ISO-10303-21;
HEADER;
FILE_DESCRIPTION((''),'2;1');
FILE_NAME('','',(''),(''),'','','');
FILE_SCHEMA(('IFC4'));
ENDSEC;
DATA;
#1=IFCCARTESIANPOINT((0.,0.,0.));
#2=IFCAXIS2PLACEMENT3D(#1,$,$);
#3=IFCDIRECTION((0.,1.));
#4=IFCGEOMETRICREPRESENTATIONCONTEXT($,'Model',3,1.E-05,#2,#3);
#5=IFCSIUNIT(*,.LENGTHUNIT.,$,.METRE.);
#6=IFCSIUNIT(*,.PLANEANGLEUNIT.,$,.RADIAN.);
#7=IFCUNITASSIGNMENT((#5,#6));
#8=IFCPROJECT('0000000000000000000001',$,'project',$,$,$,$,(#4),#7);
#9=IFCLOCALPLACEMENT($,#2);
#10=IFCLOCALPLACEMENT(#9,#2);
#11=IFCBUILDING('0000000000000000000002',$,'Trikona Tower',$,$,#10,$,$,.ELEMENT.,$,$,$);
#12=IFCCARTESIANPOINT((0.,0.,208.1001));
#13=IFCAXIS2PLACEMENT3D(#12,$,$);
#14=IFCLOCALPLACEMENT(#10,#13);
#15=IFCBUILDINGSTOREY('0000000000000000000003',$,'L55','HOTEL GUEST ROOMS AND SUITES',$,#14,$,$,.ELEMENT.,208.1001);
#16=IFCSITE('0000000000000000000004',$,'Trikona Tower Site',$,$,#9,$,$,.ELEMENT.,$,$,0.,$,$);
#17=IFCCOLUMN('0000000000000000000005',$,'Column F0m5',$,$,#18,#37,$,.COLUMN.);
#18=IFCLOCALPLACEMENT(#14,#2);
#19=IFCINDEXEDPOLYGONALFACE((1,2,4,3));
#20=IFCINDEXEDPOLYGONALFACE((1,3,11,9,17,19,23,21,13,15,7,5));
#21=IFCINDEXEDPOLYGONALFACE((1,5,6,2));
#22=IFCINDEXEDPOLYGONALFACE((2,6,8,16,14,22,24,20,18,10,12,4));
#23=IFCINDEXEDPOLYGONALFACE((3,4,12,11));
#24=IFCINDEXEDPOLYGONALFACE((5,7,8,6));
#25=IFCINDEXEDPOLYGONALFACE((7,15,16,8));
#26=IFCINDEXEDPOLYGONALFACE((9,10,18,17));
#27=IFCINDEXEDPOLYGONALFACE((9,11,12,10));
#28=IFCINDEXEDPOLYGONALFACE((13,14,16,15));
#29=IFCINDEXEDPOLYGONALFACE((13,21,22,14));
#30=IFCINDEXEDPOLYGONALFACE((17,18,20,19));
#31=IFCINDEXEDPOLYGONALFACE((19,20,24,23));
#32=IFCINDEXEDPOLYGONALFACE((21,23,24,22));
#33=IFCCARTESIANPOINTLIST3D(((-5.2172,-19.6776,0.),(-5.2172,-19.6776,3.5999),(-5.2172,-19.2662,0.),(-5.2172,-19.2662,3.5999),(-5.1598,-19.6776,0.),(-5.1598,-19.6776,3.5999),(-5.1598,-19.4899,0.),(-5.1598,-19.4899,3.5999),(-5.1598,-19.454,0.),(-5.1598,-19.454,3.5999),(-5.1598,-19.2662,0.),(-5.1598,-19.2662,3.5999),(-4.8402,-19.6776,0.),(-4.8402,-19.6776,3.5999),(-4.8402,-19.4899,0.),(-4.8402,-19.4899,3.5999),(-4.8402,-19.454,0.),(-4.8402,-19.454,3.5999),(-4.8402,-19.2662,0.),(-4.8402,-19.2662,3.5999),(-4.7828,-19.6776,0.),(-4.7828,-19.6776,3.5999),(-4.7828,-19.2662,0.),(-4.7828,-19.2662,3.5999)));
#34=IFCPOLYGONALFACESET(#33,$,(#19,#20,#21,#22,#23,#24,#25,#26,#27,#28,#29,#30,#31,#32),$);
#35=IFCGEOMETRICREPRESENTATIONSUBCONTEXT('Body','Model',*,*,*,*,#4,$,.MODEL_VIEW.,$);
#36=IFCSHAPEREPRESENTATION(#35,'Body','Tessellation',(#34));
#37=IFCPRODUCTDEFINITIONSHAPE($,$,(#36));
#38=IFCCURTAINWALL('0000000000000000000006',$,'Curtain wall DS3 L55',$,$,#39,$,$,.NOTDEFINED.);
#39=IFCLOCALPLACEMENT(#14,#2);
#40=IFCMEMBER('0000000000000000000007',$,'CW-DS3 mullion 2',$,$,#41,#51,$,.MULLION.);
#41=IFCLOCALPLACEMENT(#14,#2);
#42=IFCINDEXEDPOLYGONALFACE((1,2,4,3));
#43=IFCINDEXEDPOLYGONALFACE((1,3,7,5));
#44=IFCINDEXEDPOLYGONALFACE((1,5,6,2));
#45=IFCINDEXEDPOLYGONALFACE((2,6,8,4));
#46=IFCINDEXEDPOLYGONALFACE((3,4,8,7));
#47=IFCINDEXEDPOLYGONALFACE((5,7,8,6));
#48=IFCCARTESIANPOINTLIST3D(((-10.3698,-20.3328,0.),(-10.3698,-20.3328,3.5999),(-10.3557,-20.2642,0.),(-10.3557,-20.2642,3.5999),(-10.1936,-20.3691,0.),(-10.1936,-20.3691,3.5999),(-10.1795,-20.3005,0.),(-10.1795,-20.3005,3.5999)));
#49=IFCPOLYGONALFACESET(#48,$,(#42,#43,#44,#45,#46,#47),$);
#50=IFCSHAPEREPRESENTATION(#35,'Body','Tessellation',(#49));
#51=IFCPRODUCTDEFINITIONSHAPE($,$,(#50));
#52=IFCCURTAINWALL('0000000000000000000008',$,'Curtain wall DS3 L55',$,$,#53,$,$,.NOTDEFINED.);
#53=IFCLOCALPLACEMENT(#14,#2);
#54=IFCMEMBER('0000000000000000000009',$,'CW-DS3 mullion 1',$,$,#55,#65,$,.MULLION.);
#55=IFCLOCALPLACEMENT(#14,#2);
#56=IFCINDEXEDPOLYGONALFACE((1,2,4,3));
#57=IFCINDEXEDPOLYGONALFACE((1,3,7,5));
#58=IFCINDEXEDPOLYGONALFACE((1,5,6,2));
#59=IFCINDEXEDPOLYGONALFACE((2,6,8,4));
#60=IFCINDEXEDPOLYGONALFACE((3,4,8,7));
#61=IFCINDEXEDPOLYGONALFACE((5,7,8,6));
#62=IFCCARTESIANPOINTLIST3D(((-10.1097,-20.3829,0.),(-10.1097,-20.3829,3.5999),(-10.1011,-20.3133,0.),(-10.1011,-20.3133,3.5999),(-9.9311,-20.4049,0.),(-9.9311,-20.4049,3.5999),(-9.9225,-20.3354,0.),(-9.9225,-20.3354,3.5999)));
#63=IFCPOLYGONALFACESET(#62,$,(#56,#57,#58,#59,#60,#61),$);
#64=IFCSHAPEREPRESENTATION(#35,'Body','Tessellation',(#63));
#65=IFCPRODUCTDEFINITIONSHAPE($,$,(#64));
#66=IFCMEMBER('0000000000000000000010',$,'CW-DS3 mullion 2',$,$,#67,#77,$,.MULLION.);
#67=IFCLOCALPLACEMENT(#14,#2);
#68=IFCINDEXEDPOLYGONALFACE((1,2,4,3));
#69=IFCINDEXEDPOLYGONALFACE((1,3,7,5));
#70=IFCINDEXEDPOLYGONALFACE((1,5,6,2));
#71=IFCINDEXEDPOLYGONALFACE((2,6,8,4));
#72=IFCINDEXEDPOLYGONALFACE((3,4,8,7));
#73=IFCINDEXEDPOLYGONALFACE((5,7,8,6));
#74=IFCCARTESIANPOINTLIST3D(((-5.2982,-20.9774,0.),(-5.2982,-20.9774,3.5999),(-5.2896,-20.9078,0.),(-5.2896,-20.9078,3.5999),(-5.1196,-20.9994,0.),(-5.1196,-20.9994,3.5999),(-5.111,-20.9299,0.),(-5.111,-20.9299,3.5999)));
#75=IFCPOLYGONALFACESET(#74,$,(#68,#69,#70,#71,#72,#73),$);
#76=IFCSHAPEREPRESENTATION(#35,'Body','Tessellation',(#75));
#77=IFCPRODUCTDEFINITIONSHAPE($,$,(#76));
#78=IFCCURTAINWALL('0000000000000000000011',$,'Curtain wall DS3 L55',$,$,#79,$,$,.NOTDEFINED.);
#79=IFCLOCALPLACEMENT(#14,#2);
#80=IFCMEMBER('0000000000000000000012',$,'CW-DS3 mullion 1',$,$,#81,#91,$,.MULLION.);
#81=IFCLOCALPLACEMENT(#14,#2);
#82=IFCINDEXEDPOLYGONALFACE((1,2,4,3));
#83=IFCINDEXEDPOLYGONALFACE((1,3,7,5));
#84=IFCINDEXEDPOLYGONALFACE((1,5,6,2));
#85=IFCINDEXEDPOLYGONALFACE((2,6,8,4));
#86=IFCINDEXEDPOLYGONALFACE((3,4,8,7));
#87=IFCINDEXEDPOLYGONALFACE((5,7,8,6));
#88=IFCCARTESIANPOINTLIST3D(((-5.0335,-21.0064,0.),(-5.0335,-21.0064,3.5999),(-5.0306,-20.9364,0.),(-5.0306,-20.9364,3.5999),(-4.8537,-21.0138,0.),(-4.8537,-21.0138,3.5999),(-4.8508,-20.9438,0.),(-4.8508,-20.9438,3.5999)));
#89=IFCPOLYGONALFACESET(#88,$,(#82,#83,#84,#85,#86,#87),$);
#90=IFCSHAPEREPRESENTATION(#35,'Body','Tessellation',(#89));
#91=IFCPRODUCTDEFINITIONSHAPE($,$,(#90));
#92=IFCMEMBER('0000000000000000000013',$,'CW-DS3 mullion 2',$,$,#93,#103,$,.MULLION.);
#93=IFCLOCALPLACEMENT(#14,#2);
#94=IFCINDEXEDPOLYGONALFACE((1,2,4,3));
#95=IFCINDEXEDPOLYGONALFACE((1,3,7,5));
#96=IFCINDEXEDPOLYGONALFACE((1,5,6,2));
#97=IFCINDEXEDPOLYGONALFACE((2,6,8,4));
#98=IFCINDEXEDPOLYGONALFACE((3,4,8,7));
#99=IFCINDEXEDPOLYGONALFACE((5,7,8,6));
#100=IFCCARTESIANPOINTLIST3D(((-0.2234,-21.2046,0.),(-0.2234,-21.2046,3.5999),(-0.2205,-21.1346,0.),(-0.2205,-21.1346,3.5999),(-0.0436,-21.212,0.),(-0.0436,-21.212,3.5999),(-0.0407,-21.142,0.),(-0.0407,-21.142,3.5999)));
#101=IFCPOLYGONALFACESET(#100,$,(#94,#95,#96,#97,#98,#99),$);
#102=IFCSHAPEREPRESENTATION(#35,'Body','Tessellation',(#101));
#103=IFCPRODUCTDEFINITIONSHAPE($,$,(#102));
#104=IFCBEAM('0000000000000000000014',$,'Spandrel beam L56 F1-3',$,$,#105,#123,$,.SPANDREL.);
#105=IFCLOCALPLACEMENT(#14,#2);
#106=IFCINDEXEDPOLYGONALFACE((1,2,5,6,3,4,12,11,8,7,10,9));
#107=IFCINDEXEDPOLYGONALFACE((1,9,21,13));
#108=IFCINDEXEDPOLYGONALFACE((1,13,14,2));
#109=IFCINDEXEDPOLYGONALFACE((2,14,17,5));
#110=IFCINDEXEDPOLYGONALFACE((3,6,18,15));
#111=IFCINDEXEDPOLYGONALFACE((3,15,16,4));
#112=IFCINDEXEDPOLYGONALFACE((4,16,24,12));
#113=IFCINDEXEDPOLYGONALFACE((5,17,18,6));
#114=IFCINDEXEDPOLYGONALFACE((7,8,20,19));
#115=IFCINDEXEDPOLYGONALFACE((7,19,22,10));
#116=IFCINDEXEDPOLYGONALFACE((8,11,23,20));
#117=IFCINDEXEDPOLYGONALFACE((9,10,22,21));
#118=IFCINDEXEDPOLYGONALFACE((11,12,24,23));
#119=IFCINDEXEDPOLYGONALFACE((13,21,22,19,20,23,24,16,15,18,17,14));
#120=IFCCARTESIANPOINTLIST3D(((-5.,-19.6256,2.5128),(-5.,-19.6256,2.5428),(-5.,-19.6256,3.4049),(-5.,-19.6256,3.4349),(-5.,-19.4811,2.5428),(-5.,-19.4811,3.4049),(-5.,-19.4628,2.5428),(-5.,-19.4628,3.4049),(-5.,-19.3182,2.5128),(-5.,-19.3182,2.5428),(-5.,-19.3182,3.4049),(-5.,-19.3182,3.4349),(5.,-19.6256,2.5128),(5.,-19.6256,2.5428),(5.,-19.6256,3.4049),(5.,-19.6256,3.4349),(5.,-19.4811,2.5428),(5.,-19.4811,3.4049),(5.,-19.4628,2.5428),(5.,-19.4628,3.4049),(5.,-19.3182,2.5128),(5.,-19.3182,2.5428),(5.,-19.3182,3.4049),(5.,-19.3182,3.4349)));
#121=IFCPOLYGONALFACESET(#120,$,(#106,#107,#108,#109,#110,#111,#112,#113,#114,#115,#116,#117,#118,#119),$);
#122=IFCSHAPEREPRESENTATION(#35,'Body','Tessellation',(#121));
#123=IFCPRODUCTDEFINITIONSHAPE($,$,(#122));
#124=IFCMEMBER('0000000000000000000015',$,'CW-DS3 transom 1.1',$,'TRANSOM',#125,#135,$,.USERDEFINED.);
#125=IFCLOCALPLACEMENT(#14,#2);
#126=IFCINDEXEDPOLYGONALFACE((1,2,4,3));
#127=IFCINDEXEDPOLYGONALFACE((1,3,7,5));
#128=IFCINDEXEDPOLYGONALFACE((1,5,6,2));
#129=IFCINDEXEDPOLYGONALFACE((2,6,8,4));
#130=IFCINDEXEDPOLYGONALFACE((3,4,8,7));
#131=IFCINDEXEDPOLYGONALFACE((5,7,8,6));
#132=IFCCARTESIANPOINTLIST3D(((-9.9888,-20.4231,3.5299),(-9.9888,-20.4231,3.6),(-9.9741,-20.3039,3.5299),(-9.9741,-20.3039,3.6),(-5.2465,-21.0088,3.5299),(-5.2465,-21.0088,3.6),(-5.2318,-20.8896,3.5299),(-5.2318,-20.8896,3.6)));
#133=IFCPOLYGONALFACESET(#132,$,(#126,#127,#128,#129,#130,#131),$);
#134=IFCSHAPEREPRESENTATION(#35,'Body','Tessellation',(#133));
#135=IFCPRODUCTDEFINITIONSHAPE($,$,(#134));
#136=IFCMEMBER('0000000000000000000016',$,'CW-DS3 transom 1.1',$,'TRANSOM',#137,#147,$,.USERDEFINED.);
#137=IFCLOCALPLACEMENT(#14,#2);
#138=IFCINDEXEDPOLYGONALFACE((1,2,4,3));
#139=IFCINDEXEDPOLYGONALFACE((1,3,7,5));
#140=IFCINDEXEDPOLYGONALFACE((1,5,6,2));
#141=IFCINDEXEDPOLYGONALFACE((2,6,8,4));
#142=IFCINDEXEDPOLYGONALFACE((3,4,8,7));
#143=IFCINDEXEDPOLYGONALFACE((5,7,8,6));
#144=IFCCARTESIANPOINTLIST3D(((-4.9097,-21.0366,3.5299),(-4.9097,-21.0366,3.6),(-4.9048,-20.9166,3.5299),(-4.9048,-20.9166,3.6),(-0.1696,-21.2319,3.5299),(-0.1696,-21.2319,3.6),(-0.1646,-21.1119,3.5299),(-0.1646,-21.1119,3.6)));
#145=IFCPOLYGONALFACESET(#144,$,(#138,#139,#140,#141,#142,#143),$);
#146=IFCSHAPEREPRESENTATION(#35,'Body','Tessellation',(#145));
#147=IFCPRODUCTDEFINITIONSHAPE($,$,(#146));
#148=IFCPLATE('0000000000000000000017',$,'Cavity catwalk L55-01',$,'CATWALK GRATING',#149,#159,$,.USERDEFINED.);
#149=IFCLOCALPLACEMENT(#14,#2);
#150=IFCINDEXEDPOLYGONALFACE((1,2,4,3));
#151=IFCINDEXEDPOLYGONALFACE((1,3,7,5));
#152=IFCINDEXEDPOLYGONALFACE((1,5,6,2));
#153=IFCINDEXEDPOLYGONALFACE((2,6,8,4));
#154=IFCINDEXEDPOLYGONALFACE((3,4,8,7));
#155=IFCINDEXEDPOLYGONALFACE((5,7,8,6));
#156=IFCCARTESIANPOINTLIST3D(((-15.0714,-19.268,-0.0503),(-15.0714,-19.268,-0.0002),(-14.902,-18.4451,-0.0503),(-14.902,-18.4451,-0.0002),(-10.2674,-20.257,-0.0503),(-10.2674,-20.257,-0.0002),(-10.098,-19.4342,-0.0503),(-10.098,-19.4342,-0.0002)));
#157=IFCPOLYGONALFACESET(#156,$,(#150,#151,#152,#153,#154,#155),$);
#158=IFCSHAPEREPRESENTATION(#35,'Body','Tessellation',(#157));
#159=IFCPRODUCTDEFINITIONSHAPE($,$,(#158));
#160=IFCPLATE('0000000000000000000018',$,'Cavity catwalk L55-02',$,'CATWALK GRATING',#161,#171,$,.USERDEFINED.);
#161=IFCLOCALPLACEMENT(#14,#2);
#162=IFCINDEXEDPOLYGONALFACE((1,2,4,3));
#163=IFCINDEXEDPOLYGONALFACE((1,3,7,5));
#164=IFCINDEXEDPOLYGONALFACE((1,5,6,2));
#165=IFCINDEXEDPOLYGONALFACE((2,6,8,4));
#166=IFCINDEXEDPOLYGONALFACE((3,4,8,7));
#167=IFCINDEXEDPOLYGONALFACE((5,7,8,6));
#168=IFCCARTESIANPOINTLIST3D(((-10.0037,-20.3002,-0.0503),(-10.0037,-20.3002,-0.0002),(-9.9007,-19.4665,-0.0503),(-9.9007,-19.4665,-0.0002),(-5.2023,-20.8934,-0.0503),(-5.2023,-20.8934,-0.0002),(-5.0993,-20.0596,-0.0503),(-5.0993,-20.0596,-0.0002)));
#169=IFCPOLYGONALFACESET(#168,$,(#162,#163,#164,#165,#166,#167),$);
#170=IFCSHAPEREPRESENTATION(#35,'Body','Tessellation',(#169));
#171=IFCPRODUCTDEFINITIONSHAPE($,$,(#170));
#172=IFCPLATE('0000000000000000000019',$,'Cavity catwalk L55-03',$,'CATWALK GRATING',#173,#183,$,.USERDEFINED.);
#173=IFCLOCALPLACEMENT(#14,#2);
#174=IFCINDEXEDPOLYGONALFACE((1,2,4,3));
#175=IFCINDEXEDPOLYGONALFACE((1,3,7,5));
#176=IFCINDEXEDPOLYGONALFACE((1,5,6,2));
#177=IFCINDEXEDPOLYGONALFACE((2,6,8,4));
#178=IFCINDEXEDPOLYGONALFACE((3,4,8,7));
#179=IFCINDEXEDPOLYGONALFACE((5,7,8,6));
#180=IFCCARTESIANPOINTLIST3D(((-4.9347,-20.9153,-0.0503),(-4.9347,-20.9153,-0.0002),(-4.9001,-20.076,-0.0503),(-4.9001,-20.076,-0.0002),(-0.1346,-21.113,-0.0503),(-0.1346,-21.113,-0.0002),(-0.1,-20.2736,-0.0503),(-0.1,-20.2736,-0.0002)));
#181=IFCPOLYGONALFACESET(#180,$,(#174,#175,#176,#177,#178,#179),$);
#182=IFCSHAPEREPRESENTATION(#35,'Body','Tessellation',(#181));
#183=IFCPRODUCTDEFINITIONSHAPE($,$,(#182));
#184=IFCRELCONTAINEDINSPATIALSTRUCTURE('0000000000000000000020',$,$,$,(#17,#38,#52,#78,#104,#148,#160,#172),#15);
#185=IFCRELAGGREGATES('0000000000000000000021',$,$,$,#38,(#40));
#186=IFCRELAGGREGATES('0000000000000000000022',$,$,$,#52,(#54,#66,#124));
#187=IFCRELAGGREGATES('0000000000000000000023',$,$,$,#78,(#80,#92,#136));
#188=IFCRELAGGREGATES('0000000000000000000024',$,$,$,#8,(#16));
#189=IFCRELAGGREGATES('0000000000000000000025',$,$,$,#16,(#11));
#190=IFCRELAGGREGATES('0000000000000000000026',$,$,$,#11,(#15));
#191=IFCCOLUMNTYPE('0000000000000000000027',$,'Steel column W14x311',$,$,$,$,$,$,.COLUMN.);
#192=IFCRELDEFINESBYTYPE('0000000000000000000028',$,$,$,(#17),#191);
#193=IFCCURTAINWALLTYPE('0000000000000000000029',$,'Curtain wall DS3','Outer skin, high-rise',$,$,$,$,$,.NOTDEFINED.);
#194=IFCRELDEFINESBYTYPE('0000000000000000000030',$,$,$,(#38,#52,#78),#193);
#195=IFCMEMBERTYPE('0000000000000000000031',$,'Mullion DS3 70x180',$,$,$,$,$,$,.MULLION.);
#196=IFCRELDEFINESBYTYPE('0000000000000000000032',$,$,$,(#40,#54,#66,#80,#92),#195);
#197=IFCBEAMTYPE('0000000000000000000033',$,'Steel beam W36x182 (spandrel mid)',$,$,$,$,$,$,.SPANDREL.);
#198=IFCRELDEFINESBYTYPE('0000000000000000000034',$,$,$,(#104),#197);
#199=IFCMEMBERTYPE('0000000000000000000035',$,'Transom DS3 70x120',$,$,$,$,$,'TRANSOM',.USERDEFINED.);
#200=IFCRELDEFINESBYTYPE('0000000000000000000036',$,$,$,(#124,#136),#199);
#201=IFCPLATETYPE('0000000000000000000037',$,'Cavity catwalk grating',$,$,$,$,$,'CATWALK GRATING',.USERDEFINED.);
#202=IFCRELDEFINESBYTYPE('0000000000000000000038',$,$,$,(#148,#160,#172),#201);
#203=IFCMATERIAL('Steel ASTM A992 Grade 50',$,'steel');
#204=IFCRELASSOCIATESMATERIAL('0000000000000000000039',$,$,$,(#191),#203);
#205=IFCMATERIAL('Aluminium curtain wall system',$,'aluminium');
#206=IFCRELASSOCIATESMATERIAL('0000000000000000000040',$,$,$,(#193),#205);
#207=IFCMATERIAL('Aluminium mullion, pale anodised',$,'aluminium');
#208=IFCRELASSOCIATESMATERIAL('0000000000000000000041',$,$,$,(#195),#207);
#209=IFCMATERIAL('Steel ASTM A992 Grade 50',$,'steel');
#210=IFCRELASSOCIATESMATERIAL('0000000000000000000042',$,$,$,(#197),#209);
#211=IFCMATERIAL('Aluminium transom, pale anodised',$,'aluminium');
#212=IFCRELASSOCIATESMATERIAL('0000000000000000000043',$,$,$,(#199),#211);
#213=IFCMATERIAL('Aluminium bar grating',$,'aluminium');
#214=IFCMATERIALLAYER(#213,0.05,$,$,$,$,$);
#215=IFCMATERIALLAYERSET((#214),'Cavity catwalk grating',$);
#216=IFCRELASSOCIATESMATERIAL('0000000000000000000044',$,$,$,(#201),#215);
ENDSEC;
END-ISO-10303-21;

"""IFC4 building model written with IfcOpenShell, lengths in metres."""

from ifc_helpers import new_model, si_unit, direction, frame, origin, origin_2d, place, context, subcontext, project, spatial, rectangle, i_section, extrude, material, layer, layer_set, material_profile, profile_set, type_object, element, aggregate, save


model = new_model("IFC4")

# Units and contexts
model_context = context("Model", 3, precision=1e-05, world=origin(), true_north=direction((0.0, 1.0)))
body_context = subcontext(model_context, "Body", "Model", "MODEL_VIEW")
ifc_project = project(units=[si_unit("LENGTHUNIT", "METRE"), si_unit("PLANEANGLEUNIT", "RADIAN")], contexts=[model_context])

# Site, building, storey
site_placement = place(None, origin())
site = spatial("IfcSite", under=ifc_project, at=site_placement, Name="Trikona Tower Site", CompositionType="ELEMENT", RefElevation=0.0)
building_placement = place(site_placement, origin())
building = spatial("IfcBuilding", under=site, at=building_placement, Name="Trikona Tower", CompositionType="ELEMENT")
storey_placement = place(building_placement, frame((0.0, 0.0, 208.1001)))
storey = spatial("IfcBuildingStorey", under=building, at=storey_placement, Name="L55", Description="HOTEL GUEST ROOMS AND SUITES", CompositionType="ELEMENT", Elevation=208.1001)

# Column
ifc_material_1 = material(Name="Steel ASTM A992 Grade 50", Category="steel")
ifc_material_profile_1 = material_profile(ifc_material_1, i_section(OverallWidth=0.4114, OverallDepth=0.4343, WebThickness=0.0359, FlangeThickness=0.0574, at=origin_2d()), Name="W14X311")
ifc_profile_set_1 = profile_set([ifc_material_profile_1], Name="Steel ASTM A992 Grade 50")
column_type = type_object("IfcColumnType", Name="Steel column W14x311", PredefinedType="COLUMN", material=ifc_profile_set_1)
column_placement = place(storey_placement, frame((-5.0, -19.4719, 0.0), z_axis=(0.0, 0.0, 1.0), x_axis=(0.0, -1.0, 0.0)))
element("IfcColumn", 1, at=column_placement, inside=storey, type_object=column_type, Name="Column F0m5", PredefinedType="COLUMN", context=body_context, shape_type="SweptSolid", body=[
    extrude(i_section(OverallWidth=0.4114, OverallDepth=0.4343, WebThickness=0.0359, FlangeThickness=0.0574, at=origin_2d()), origin(), (0.0, 0.0, 1.0), 3.5999),
])

# Curtain wall, member
ifc_material_2 = material(Name="Aluminium curtain wall system", Category="aluminium")
curtain_wall_type = type_object("IfcCurtainWallType", Name="Curtain wall DS3", Description="Outer skin, high-rise", PredefinedType="NOTDEFINED", material=ifc_material_2)
curtain_wall_1_placement = place(storey_placement, origin())
curtain_wall_1 = element("IfcCurtainWall", 2, at=curtain_wall_1_placement, inside=storey, type_object=curtain_wall_type, Name="Curtain wall DS3 L55", PredefinedType="NOTDEFINED")
ifc_material_3 = material(Name="Aluminium mullion, pale anodised", Category="aluminium")
ifc_material_profile_2 = material_profile(ifc_material_3, rectangle(XDim=0.0701, YDim=0.1799, at=origin_2d()), Name="MUL-DS3")
ifc_profile_set_2 = profile_set([ifc_material_profile_2], Name="Aluminium mullion, pale anodised")
member_type_1 = type_object("IfcMemberType", Name="Mullion DS3 70x180", PredefinedType="MULLION", material=ifc_profile_set_2)
member_1_placement = place(storey_placement, frame((-10.2747, -20.3167, 0.0), z_axis=(0.0, 0.0, 1.0), x_axis=(0.201653, 0.979457, 0.0)))
member_1 = element("IfcMember", 3, at=member_1_placement, type_object=member_type_1, Name="CW-DS3 mullion 2", PredefinedType="MULLION", context=body_context, shape_type="SweptSolid", body=[
    extrude(rectangle(XDim=0.0701, YDim=0.1799, at=origin_2d()), origin(), (0.0, 0.0, 1.0), 3.5999),
])

# Curtain walls, members
curtain_wall_2_placement = place(storey_placement, origin())
curtain_wall_2 = element("IfcCurtainWall", 4, at=curtain_wall_2_placement, inside=storey, type_object=curtain_wall_type, Name="Curtain wall DS3 L55", PredefinedType="NOTDEFINED")
member_2_placement = place(storey_placement, frame((-10.0161, -20.3591, 0.0), z_axis=(0.0, 0.0, 1.0), x_axis=(0.122611, 0.992455, 0.0)))
member_2 = element("IfcMember", 5, at=member_2_placement, type_object=member_type_1, Name="CW-DS3 mullion 1", PredefinedType="MULLION", context=body_context, shape_type="SweptSolid", body=[
    extrude(rectangle(XDim=0.0701, YDim=0.1799, at=origin_2d()), origin(), (0.0, 0.0, 1.0), 3.5999),
])
member_3_placement = place(storey_placement, frame((-5.2046, -20.9536, 0.0), z_axis=(0.0, 0.0, 1.0), x_axis=(0.122611, 0.992455, 0.0)))
member_3 = element("IfcMember", 6, at=member_3_placement, type_object=member_type_1, Name="CW-DS3 mullion 2", PredefinedType="MULLION", context=body_context, shape_type="SweptSolid", body=[
    extrude(rectangle(XDim=0.0701, YDim=0.1799, at=origin_2d()), origin(), (0.0, 0.0, 1.0), 3.5999),
])
curtain_wall_3_placement = place(storey_placement, origin())
curtain_wall_3 = element("IfcCurtainWall", 7, at=curtain_wall_3_placement, inside=storey, type_object=curtain_wall_type, Name="Curtain wall DS3 L55", PredefinedType="NOTDEFINED")
member_4_placement = place(storey_placement, frame((-4.9421, -20.9751, 0.0), z_axis=(0.0, 0.0, 1.0), x_axis=(0.041153, 0.999153, 0.0)))
member_4 = element("IfcMember", 8, at=member_4_placement, type_object=member_type_1, Name="CW-DS3 mullion 1", PredefinedType="MULLION", context=body_context, shape_type="SweptSolid", body=[
    extrude(rectangle(XDim=0.0701, YDim=0.1799, at=origin_2d()), origin(), (0.0, 0.0, 1.0), 3.5999),
])
member_5_placement = place(storey_placement, frame((-0.1321, -21.1733, 0.0), z_axis=(0.0, 0.0, 1.0), x_axis=(0.041153, 0.999153, 0.0)))
member_5 = element("IfcMember", 9, at=member_5_placement, type_object=member_type_1, Name="CW-DS3 mullion 2", PredefinedType="MULLION", context=body_context, shape_type="SweptSolid", body=[
    extrude(rectangle(XDim=0.0701, YDim=0.1799, at=origin_2d()), origin(), (0.0, 0.0, 1.0), 3.5999),
])

# Beam
ifc_material_4 = material(Name="Steel ASTM A992 Grade 50", Category="steel")
ifc_material_profile_3 = material_profile(ifc_material_4, i_section(OverallWidth=0.3074, OverallDepth=0.9221, WebThickness=0.0183, FlangeThickness=0.03, at=origin_2d()), Name="W36X182")
ifc_profile_set_3 = profile_set([ifc_material_profile_3], Name="Steel ASTM A992 Grade 50")
beam_type = type_object("IfcBeamType", Name="Steel beam W36x182 (spandrel mid)", PredefinedType="SPANDREL", material=ifc_profile_set_3)
beam_placement = place(storey_placement, frame((-5.0, -19.4719, 2.9739), z_axis=(1.0, 0.0, 0.0), x_axis=(0.0, 1.0, 0.0)))
element("IfcBeam", 10, at=beam_placement, inside=storey, type_object=beam_type, Name="Spandrel beam L56 F1-3", PredefinedType="SPANDREL", context=body_context, shape_type="SweptSolid", body=[
    extrude(i_section(OverallWidth=0.3074, OverallDepth=0.9221, WebThickness=0.0183, FlangeThickness=0.03, at=origin_2d()), origin(), (0.0, 0.0, 1.0), 10.0),
])

# Members
ifc_material_5 = material(Name="Aluminium transom, pale anodised", Category="aluminium")
ifc_material_profile_4 = material_profile(ifc_material_5, rectangle(XDim=0.1201, YDim=0.0701, at=origin_2d()), Name="TRN-DS3")
ifc_profile_set_4 = profile_set([ifc_material_profile_4], Name="Aluminium transom, pale anodised")
member_type_2 = type_object("IfcMemberType", Name="Transom DS3 70x120", ElementType="TRANSOM", PredefinedType="USERDEFINED", material=ifc_profile_set_4)
member_6_placement = place(storey_placement, frame((-9.9814, -20.3635, 3.5649), z_axis=(0.992459, -0.122576, 0.0), x_axis=(0.122576, 0.992459, 0.0)))
member_6 = element("IfcMember", 11, at=member_6_placement, type_object=member_type_2, Name="CW-DS3 transom 1.1", ObjectType="TRANSOM", PredefinedType="USERDEFINED", context=body_context, shape_type="SweptSolid", body=[
    extrude(rectangle(XDim=0.1201, YDim=0.0701, at=origin_2d()), origin(), (0.0, 0.0, 1.0), 4.7783),
])
member_7_placement = place(storey_placement, frame((-4.9072, -20.9766, 3.5649), z_axis=(0.999152, -0.041168, 0.0), x_axis=(0.041168, 0.999152, 0.0)))
member_7 = element("IfcMember", 12, at=member_7_placement, type_object=member_type_2, Name="CW-DS3 transom 1.1", ObjectType="TRANSOM", PredefinedType="USERDEFINED", context=body_context, shape_type="SweptSolid", body=[
    extrude(rectangle(XDim=0.1201, YDim=0.0701, at=origin_2d()), origin(), (0.0, 0.0, 1.0), 4.7441),
])

# Plates
ifc_material_6 = material(Name="Aluminium bar grating", Category="aluminium")
ifc_layer_1 = layer(ifc_material_6, 0.05)
ifc_layer_set_1 = layer_set([ifc_layer_1], Name="Cavity catwalk grating")
plate_type_1 = type_object("IfcPlateType", Name="Cavity catwalk grating", ElementType="CATWALK GRATING", PredefinedType="USERDEFINED", material=ifc_layer_set_1)
plate_1_placement = place(storey_placement, frame((-12.5847, -19.3511, -0.0503), z_axis=(0.0, 0.0, 1.0), x_axis=(0.979458, -0.201651, 0.0)))
element("IfcPlate", 13, at=plate_1_placement, inside=storey, type_object=plate_type_1, Name="Cavity catwalk L55-01", ObjectType="CATWALK GRATING", PredefinedType="USERDEFINED", context=body_context, shape_type="SweptSolid", body=[
    extrude(rectangle(XDim=4.9048, YDim=0.8401, at=origin_2d()), origin(), (0.0, 0.0, 1.0), 0.05),
])
plate_2_placement = place(storey_placement, frame((-7.5515, -20.1799, -0.0503), z_axis=(0.0, 0.0, 1.0), x_axis=(0.992455, -0.122607, 0.0)))
element("IfcPlate", 14, at=plate_2_placement, inside=storey, type_object=plate_type_1, Name="Cavity catwalk L55-02", ObjectType="CATWALK GRATING", PredefinedType="USERDEFINED", context=body_context, shape_type="SweptSolid", body=[
    extrude(rectangle(XDim=4.8379, YDim=0.8401, at=origin_2d()), origin(), (0.0, 0.0, 1.0), 0.05),
])
plate_3_placement = place(storey_placement, frame((-2.5173, -20.5945, -0.0503), z_axis=(0.0, 0.0, 1.0), x_axis=(0.999153, -0.041145, 0.0)))
element("IfcPlate", 15, at=plate_3_placement, inside=storey, type_object=plate_type_1, Name="Cavity catwalk L55-03", ObjectType="CATWALK GRATING", PredefinedType="USERDEFINED", context=body_context, shape_type="SweptSolid", body=[
    extrude(rectangle(XDim=4.8042, YDim=0.8401, at=origin_2d()), origin(), (0.0, 0.0, 1.0), 0.05),
])

aggregate(curtain_wall_1, [member_1])
aggregate(curtain_wall_2, [member_2, member_3, member_6])
aggregate(curtain_wall_3, [member_4, member_5, member_7])

save(model, "model.ifc")
